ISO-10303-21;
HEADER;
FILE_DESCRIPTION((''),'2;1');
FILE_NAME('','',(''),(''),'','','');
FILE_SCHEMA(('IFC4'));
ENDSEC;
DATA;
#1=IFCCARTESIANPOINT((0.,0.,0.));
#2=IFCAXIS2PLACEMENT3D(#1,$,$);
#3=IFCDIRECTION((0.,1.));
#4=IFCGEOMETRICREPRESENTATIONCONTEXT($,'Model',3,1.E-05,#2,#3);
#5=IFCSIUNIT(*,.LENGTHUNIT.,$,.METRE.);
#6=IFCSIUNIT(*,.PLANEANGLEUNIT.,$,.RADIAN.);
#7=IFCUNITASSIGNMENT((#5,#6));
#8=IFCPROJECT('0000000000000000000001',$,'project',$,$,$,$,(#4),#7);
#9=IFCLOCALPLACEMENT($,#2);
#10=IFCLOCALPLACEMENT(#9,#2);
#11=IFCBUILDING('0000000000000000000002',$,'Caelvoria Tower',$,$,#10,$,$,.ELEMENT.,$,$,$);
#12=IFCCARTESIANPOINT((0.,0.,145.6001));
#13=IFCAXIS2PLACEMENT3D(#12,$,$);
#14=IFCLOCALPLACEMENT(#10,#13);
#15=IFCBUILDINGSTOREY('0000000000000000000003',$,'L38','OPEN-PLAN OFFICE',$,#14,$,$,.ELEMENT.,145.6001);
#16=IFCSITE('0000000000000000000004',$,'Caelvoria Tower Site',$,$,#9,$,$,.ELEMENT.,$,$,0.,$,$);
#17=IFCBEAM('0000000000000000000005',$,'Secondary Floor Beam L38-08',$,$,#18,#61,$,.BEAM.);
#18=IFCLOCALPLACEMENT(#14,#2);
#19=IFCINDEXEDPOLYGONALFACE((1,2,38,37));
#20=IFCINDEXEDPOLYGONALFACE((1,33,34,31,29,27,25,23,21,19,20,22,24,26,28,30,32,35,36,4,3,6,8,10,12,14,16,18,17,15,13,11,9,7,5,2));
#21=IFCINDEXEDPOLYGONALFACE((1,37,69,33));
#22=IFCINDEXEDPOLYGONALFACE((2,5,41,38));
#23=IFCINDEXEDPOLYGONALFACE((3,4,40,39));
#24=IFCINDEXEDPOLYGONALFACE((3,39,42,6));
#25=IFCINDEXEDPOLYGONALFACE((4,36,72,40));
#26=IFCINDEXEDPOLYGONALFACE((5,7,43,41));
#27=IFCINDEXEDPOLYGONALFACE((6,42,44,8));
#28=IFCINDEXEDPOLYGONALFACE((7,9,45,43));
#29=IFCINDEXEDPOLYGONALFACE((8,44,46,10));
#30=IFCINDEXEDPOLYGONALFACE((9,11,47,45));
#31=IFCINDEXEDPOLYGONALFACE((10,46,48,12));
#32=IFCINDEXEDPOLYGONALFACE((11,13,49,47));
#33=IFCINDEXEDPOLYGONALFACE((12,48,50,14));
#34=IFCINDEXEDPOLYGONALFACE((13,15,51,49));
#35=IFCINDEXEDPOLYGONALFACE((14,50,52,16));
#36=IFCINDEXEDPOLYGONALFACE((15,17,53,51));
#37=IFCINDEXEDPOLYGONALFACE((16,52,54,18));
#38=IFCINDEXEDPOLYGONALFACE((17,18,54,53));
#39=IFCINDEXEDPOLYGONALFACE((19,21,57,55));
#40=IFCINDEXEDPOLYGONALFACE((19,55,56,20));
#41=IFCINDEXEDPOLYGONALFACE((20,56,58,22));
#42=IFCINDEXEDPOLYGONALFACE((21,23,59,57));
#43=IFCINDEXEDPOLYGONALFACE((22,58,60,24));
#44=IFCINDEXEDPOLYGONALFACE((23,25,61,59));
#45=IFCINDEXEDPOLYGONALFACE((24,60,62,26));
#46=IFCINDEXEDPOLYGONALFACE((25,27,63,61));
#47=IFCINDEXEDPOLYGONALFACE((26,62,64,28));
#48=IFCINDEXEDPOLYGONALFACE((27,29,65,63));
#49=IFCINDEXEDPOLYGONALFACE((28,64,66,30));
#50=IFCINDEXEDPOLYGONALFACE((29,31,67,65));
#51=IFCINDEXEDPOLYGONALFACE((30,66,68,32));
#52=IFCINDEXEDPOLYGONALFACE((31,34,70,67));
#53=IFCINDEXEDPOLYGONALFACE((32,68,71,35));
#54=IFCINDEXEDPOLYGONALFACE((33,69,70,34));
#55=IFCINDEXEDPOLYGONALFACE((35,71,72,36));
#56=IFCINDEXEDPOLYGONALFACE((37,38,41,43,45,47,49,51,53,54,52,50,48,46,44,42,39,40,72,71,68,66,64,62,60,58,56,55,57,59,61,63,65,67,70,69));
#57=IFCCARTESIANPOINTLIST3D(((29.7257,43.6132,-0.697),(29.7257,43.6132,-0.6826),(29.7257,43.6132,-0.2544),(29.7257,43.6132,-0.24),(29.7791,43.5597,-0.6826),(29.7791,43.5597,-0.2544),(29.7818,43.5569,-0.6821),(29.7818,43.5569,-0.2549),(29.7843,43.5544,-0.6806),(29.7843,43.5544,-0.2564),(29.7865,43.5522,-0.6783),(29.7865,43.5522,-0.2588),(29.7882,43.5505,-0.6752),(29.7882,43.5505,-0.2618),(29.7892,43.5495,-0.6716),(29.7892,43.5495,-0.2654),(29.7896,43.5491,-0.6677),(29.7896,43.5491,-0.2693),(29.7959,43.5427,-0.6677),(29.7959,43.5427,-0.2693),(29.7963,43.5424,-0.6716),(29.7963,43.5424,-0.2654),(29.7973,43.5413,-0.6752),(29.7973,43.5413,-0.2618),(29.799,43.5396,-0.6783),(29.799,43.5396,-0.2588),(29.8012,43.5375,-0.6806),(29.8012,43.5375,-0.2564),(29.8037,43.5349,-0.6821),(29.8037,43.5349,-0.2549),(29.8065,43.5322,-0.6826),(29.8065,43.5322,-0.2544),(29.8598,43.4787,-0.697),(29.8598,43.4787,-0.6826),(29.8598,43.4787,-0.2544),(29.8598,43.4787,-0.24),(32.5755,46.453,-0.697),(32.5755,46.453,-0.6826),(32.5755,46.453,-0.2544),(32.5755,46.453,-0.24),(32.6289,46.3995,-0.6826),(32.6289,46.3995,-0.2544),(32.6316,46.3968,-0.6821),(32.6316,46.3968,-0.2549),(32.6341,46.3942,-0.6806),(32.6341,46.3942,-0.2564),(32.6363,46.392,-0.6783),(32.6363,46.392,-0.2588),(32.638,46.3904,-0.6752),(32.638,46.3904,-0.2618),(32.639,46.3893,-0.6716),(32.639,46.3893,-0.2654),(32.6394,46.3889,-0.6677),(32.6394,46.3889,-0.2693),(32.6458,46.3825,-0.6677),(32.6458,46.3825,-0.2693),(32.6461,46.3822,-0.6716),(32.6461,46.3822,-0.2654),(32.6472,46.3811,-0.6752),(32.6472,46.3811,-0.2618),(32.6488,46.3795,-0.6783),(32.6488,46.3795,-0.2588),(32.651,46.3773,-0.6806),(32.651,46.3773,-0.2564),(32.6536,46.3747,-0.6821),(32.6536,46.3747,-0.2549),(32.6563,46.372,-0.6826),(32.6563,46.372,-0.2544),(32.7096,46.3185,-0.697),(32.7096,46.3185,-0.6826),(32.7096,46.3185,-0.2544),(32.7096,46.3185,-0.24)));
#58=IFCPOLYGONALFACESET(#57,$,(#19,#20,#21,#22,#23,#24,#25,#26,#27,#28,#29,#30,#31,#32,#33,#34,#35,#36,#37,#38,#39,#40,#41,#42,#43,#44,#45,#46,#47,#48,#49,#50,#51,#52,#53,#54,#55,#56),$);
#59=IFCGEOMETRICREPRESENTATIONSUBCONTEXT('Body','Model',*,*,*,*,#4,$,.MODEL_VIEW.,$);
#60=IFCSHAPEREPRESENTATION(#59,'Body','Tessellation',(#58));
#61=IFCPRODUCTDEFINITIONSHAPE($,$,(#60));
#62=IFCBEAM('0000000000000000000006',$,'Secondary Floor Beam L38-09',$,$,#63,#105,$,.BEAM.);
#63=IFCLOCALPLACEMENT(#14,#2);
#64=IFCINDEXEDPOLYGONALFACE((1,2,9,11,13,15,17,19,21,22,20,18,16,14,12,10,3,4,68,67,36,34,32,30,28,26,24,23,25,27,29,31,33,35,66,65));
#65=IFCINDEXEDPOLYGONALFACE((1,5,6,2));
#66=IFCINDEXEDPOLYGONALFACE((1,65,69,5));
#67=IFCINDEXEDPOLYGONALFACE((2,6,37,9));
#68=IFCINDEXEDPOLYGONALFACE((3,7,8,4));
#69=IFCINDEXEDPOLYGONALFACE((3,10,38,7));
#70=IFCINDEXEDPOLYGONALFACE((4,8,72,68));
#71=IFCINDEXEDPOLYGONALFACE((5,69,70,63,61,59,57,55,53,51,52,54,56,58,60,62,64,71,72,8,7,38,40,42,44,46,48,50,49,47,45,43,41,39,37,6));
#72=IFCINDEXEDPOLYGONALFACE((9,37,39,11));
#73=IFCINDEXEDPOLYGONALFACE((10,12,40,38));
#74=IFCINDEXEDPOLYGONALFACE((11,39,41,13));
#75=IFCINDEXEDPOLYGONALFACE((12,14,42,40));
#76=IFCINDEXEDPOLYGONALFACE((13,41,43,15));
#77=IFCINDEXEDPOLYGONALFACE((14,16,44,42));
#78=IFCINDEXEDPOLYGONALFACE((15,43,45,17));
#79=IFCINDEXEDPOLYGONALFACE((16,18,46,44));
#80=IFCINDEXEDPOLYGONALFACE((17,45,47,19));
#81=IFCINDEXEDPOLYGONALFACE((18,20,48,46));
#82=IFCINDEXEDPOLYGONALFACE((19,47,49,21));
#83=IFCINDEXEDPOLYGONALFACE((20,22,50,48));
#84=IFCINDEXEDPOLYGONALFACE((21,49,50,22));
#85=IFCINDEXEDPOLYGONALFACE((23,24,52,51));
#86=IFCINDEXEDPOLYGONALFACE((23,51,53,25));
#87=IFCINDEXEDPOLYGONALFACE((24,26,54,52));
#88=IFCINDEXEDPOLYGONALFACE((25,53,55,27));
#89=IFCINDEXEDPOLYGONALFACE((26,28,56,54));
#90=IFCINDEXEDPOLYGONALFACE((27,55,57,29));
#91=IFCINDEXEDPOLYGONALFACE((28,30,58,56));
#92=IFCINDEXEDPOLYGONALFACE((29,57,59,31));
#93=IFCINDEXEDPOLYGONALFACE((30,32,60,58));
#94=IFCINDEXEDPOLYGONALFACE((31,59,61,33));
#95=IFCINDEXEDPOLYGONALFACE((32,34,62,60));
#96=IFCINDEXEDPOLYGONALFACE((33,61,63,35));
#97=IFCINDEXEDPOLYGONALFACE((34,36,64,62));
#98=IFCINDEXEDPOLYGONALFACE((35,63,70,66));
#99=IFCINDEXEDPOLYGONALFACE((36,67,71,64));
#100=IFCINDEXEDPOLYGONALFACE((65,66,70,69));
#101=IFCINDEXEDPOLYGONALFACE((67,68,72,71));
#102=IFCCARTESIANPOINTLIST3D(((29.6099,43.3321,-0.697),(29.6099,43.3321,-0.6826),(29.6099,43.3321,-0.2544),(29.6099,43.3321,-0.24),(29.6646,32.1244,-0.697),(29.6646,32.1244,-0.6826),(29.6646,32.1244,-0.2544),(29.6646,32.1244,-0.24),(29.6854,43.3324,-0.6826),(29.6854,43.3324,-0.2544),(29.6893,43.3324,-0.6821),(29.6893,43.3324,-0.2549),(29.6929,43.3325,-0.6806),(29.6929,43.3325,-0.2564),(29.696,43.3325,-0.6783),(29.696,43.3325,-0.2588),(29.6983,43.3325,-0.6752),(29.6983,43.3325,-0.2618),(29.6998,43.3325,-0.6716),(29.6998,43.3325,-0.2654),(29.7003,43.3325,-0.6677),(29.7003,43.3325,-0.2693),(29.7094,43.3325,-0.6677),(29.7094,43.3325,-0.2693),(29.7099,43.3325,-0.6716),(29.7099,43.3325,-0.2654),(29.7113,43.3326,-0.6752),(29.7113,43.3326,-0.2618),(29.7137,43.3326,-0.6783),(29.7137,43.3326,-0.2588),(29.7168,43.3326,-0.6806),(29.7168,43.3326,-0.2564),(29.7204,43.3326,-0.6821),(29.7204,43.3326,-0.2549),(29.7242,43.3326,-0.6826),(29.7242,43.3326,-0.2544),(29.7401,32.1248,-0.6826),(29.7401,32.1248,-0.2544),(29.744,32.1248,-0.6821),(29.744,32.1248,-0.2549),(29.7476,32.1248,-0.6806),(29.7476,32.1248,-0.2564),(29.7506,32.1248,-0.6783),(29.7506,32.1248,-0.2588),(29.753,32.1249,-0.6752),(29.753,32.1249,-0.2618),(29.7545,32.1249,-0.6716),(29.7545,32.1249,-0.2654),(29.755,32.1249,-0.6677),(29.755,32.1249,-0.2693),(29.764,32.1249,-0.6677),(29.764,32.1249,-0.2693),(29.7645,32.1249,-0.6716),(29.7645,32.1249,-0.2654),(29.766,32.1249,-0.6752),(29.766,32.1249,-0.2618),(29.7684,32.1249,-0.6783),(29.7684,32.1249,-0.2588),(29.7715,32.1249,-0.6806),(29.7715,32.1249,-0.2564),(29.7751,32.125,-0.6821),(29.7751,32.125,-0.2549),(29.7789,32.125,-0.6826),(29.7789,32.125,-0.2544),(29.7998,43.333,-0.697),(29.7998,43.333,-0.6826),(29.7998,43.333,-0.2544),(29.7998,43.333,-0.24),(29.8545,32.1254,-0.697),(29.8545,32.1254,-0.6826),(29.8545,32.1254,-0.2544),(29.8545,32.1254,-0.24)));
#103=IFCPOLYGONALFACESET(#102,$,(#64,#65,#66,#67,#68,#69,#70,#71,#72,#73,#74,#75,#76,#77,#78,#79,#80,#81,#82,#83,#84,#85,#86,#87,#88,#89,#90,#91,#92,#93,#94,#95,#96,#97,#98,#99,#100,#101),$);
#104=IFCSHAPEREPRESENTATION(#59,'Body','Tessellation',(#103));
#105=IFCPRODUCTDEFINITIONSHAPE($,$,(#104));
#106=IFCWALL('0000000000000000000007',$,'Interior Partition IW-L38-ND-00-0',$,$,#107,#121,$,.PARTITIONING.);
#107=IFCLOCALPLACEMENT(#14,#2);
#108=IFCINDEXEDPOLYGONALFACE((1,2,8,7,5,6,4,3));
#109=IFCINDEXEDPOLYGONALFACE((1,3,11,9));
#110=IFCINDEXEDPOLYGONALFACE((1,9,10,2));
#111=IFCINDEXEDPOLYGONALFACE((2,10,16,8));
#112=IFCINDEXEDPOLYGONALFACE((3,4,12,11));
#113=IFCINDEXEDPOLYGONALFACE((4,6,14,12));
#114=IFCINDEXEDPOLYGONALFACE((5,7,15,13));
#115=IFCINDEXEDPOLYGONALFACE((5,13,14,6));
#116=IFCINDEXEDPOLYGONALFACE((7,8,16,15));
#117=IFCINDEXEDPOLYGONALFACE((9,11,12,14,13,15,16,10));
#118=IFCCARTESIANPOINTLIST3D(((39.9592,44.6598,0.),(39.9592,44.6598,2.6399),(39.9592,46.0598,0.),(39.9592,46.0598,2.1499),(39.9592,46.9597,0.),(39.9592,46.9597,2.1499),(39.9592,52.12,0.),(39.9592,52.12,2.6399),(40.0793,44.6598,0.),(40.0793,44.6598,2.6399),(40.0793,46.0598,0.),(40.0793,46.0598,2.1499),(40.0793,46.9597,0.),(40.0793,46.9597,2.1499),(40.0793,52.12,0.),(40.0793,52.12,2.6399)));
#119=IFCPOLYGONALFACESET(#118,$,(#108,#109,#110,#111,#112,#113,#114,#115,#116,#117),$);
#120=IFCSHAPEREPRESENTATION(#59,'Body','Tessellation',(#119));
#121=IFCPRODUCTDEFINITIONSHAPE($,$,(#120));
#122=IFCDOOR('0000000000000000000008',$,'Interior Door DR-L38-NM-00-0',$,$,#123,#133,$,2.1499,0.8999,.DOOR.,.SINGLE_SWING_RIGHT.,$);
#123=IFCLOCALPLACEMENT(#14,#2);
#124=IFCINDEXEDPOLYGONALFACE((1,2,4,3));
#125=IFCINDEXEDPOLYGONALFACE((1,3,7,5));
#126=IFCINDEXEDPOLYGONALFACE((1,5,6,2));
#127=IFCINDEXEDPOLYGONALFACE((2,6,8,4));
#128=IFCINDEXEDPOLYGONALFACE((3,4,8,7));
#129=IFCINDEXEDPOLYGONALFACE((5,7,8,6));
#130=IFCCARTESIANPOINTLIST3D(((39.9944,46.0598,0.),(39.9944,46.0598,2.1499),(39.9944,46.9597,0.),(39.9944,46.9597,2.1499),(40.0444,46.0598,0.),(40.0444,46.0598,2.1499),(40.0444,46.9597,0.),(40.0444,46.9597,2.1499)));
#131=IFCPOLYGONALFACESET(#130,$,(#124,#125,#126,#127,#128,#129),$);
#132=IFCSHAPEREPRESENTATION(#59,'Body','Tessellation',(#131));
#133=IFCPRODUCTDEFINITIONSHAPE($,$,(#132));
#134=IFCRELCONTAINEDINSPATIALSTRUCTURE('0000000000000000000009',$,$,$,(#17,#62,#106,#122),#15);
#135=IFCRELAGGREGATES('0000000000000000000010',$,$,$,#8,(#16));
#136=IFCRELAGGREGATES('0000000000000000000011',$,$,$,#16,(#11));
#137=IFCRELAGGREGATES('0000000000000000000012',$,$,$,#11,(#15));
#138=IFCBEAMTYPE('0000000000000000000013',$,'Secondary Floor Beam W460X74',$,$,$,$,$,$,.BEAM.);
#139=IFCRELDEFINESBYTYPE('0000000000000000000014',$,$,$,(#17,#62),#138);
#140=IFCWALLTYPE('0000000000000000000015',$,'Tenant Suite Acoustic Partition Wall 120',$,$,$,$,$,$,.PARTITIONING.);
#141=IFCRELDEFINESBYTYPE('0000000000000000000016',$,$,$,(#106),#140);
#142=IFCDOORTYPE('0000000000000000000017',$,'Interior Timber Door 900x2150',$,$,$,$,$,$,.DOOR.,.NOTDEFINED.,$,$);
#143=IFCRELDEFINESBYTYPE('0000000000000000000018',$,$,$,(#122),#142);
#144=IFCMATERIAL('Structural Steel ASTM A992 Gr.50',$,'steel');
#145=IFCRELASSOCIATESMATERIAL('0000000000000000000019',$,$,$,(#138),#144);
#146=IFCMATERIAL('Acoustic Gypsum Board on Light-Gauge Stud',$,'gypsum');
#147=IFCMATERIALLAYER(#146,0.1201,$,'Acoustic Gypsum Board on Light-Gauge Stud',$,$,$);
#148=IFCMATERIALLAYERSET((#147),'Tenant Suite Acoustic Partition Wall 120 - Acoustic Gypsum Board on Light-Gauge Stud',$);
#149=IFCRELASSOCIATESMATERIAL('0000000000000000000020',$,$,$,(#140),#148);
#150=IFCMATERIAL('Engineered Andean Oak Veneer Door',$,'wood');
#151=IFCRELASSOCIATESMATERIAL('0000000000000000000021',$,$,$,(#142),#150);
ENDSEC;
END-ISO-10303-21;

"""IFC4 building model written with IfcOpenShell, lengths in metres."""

from ifc_helpers import new_model, si_unit, direction, frame, frame_2d, origin, origin_2d, place, context, subcontext, project, spatial, rectangle, i_section, extrude, material, layer, layer_set, material_profile, profile_set, type_object, element, fill, save


model = new_model("IFC4")

# Units and contexts
model_context = context("Model", 3, precision=1e-05, world=origin(), true_north=direction((0.0, 1.0)))
body_context = subcontext(model_context, "Body", "Model", "MODEL_VIEW")
ifc_project = project(units=[si_unit("LENGTHUNIT", "METRE"), si_unit("PLANEANGLEUNIT", "RADIAN")], contexts=[model_context])

# Site, building, storey
site_placement = place(None, origin())
site = spatial("IfcSite", under=ifc_project, at=site_placement, Name="Caelvoria Tower Site", CompositionType="ELEMENT", RefElevation=0.0)
building_placement = place(site_placement, origin())
building = spatial("IfcBuilding", under=site, at=building_placement, Name="Caelvoria Tower", CompositionType="ELEMENT")
storey_placement = place(building_placement, frame((0.0, 0.0, 145.6001)))
storey = spatial("IfcBuildingStorey", under=building, at=storey_placement, Name="L38", Description="OPEN-PLAN OFFICE", CompositionType="ELEMENT", Elevation=145.6001)

# Beams
ifc_material_1 = material(Name="Structural Steel ASTM A992 Gr.50", Category="steel")
ifc_material_profile = material_profile(ifc_material_1, i_section(OverallWidth=0.1899, OverallDepth=0.457, WebThickness=0.009, FlangeThickness=0.0144, FilletRadius=0.0149, at=origin_2d()), Name="Structural Steel ASTM A992 Gr.50")
ifc_profile_set = profile_set([ifc_material_profile], Name="W460X74 - Structural Steel ASTM A992 Gr.50")
beam_type = type_object("IfcBeamType", Name="Secondary Floor Beam W460X74", PredefinedType="BEAM", material=ifc_profile_set)
beam_1_placement = place(storey_placement, frame((32.6426, 46.3857, -0.4685), z_axis=(-0.70835, -0.705862, 0.0), x_axis=(0.705862, -0.70835, 0.0)))
element("IfcBeam", 1, at=beam_1_placement, inside=storey, type_object=beam_type, Name="Secondary Floor Beam L38-08", PredefinedType="BEAM", context=body_context, shape_type="SweptSolid", body=[
    extrude(i_section(OverallWidth=0.1899, OverallDepth=0.457, WebThickness=0.009, FlangeThickness=0.0144, FilletRadius=0.0149, at=origin_2d()), origin(), (0.0, 0.0, 1.0), 4.0232),
])
beam_2_placement = place(storey_placement, frame((29.7048, 43.3325, -0.4685), z_axis=(0.004879, -0.999988, 0.0), x_axis=(0.999988, 0.004879, 0.0)))
element("IfcBeam", 2, at=beam_2_placement, inside=storey, type_object=beam_type, Name="Secondary Floor Beam L38-09", PredefinedType="BEAM", context=body_context, shape_type="SweptSolid", body=[
    extrude(i_section(OverallWidth=0.1899, OverallDepth=0.457, WebThickness=0.009, FlangeThickness=0.0144, FilletRadius=0.0149, at=origin_2d()), origin(), (0.0, 0.0, 1.0), 11.2078),
])

# Wall, opening, door
ifc_material_2 = material(Name="Acoustic Gypsum Board on Light-Gauge Stud", Category="gypsum")
ifc_layer_1 = layer(ifc_material_2, 0.1201, Name="Acoustic Gypsum Board on Light-Gauge Stud")
ifc_layer_set_1 = layer_set([ifc_layer_1], Name="Tenant Suite Acoustic Partition Wall 120 - Acoustic Gypsum Board on Light-Gauge Stud")
wall_type = type_object("IfcWallType", Name="Tenant Suite Acoustic Partition Wall 120", PredefinedType="PARTITIONING", material=ifc_layer_set_1)
wall_1_placement = place(storey_placement, frame((40.0193, 44.6599, 0.0), z_axis=(0.0, 0.0, 1.0), x_axis=(0.0, 1.0, 0.0)))
wall_1 = element("IfcWall", 3, at=wall_1_placement, inside=storey, type_object=wall_type, Name="Interior Partition IW-L38-ND-00-0", PredefinedType="PARTITIONING", context=body_context, shape_type="SweptSolid", body=[
    extrude(rectangle(XDim=7.4602, YDim=0.1201, at=frame_2d((3.73, 0.0))), origin(), (0.0, 0.0, 1.0), 2.6399),
])
opening_1_placement = place(wall_1_placement, frame((1.3999, 0.0, 0.0)))
opening_1 = element("IfcOpeningElement", 4, at=opening_1_placement, cuts=wall_1, PredefinedType="OPENING", context=body_context, shape_type="SweptSolid", body=[
    extrude(rectangle(XDim=0.8999, YDim=2.1499, at=frame_2d((0.45, 1.075))), frame((0.0, 0.0701, 0.0), z_axis=(0.0, -1.0, 0.0), x_axis=(1.0, 0.0, 0.0)), (0.0, 0.0, 1.0), 0.1401),
])
ifc_material_3 = material(Name="Engineered Andean Oak Veneer Door", Category="wood")
door_type_1 = type_object("IfcDoorType", Name="Interior Timber Door 900x2150", OperationType="NOTDEFINED", PredefinedType="DOOR", material=ifc_material_3)
door_1_placement = place(opening_1_placement, origin())
door_1 = element("IfcDoor", 5, at=door_1_placement, inside=storey, type_object=door_type_1, Name="Interior Door DR-L38-NM-00-0", OperationType="SINGLE_SWING_RIGHT", OverallHeight=2.1499, OverallWidth=0.8999, PredefinedType="DOOR", context=body_context, shape_type="SweptSolid", body=[
    extrude(rectangle(XDim=0.8999, YDim=2.1499, at=frame_2d((0.45, 1.075))), frame((0.0, 0.0249, 0.0), z_axis=(0.0, -1.0, 0.0), x_axis=(1.0, 0.0, 0.0)), (0.0, 0.0, 1.0), 0.05),
])
fill(opening_1, door_1)

save(model, "model.ifc")
